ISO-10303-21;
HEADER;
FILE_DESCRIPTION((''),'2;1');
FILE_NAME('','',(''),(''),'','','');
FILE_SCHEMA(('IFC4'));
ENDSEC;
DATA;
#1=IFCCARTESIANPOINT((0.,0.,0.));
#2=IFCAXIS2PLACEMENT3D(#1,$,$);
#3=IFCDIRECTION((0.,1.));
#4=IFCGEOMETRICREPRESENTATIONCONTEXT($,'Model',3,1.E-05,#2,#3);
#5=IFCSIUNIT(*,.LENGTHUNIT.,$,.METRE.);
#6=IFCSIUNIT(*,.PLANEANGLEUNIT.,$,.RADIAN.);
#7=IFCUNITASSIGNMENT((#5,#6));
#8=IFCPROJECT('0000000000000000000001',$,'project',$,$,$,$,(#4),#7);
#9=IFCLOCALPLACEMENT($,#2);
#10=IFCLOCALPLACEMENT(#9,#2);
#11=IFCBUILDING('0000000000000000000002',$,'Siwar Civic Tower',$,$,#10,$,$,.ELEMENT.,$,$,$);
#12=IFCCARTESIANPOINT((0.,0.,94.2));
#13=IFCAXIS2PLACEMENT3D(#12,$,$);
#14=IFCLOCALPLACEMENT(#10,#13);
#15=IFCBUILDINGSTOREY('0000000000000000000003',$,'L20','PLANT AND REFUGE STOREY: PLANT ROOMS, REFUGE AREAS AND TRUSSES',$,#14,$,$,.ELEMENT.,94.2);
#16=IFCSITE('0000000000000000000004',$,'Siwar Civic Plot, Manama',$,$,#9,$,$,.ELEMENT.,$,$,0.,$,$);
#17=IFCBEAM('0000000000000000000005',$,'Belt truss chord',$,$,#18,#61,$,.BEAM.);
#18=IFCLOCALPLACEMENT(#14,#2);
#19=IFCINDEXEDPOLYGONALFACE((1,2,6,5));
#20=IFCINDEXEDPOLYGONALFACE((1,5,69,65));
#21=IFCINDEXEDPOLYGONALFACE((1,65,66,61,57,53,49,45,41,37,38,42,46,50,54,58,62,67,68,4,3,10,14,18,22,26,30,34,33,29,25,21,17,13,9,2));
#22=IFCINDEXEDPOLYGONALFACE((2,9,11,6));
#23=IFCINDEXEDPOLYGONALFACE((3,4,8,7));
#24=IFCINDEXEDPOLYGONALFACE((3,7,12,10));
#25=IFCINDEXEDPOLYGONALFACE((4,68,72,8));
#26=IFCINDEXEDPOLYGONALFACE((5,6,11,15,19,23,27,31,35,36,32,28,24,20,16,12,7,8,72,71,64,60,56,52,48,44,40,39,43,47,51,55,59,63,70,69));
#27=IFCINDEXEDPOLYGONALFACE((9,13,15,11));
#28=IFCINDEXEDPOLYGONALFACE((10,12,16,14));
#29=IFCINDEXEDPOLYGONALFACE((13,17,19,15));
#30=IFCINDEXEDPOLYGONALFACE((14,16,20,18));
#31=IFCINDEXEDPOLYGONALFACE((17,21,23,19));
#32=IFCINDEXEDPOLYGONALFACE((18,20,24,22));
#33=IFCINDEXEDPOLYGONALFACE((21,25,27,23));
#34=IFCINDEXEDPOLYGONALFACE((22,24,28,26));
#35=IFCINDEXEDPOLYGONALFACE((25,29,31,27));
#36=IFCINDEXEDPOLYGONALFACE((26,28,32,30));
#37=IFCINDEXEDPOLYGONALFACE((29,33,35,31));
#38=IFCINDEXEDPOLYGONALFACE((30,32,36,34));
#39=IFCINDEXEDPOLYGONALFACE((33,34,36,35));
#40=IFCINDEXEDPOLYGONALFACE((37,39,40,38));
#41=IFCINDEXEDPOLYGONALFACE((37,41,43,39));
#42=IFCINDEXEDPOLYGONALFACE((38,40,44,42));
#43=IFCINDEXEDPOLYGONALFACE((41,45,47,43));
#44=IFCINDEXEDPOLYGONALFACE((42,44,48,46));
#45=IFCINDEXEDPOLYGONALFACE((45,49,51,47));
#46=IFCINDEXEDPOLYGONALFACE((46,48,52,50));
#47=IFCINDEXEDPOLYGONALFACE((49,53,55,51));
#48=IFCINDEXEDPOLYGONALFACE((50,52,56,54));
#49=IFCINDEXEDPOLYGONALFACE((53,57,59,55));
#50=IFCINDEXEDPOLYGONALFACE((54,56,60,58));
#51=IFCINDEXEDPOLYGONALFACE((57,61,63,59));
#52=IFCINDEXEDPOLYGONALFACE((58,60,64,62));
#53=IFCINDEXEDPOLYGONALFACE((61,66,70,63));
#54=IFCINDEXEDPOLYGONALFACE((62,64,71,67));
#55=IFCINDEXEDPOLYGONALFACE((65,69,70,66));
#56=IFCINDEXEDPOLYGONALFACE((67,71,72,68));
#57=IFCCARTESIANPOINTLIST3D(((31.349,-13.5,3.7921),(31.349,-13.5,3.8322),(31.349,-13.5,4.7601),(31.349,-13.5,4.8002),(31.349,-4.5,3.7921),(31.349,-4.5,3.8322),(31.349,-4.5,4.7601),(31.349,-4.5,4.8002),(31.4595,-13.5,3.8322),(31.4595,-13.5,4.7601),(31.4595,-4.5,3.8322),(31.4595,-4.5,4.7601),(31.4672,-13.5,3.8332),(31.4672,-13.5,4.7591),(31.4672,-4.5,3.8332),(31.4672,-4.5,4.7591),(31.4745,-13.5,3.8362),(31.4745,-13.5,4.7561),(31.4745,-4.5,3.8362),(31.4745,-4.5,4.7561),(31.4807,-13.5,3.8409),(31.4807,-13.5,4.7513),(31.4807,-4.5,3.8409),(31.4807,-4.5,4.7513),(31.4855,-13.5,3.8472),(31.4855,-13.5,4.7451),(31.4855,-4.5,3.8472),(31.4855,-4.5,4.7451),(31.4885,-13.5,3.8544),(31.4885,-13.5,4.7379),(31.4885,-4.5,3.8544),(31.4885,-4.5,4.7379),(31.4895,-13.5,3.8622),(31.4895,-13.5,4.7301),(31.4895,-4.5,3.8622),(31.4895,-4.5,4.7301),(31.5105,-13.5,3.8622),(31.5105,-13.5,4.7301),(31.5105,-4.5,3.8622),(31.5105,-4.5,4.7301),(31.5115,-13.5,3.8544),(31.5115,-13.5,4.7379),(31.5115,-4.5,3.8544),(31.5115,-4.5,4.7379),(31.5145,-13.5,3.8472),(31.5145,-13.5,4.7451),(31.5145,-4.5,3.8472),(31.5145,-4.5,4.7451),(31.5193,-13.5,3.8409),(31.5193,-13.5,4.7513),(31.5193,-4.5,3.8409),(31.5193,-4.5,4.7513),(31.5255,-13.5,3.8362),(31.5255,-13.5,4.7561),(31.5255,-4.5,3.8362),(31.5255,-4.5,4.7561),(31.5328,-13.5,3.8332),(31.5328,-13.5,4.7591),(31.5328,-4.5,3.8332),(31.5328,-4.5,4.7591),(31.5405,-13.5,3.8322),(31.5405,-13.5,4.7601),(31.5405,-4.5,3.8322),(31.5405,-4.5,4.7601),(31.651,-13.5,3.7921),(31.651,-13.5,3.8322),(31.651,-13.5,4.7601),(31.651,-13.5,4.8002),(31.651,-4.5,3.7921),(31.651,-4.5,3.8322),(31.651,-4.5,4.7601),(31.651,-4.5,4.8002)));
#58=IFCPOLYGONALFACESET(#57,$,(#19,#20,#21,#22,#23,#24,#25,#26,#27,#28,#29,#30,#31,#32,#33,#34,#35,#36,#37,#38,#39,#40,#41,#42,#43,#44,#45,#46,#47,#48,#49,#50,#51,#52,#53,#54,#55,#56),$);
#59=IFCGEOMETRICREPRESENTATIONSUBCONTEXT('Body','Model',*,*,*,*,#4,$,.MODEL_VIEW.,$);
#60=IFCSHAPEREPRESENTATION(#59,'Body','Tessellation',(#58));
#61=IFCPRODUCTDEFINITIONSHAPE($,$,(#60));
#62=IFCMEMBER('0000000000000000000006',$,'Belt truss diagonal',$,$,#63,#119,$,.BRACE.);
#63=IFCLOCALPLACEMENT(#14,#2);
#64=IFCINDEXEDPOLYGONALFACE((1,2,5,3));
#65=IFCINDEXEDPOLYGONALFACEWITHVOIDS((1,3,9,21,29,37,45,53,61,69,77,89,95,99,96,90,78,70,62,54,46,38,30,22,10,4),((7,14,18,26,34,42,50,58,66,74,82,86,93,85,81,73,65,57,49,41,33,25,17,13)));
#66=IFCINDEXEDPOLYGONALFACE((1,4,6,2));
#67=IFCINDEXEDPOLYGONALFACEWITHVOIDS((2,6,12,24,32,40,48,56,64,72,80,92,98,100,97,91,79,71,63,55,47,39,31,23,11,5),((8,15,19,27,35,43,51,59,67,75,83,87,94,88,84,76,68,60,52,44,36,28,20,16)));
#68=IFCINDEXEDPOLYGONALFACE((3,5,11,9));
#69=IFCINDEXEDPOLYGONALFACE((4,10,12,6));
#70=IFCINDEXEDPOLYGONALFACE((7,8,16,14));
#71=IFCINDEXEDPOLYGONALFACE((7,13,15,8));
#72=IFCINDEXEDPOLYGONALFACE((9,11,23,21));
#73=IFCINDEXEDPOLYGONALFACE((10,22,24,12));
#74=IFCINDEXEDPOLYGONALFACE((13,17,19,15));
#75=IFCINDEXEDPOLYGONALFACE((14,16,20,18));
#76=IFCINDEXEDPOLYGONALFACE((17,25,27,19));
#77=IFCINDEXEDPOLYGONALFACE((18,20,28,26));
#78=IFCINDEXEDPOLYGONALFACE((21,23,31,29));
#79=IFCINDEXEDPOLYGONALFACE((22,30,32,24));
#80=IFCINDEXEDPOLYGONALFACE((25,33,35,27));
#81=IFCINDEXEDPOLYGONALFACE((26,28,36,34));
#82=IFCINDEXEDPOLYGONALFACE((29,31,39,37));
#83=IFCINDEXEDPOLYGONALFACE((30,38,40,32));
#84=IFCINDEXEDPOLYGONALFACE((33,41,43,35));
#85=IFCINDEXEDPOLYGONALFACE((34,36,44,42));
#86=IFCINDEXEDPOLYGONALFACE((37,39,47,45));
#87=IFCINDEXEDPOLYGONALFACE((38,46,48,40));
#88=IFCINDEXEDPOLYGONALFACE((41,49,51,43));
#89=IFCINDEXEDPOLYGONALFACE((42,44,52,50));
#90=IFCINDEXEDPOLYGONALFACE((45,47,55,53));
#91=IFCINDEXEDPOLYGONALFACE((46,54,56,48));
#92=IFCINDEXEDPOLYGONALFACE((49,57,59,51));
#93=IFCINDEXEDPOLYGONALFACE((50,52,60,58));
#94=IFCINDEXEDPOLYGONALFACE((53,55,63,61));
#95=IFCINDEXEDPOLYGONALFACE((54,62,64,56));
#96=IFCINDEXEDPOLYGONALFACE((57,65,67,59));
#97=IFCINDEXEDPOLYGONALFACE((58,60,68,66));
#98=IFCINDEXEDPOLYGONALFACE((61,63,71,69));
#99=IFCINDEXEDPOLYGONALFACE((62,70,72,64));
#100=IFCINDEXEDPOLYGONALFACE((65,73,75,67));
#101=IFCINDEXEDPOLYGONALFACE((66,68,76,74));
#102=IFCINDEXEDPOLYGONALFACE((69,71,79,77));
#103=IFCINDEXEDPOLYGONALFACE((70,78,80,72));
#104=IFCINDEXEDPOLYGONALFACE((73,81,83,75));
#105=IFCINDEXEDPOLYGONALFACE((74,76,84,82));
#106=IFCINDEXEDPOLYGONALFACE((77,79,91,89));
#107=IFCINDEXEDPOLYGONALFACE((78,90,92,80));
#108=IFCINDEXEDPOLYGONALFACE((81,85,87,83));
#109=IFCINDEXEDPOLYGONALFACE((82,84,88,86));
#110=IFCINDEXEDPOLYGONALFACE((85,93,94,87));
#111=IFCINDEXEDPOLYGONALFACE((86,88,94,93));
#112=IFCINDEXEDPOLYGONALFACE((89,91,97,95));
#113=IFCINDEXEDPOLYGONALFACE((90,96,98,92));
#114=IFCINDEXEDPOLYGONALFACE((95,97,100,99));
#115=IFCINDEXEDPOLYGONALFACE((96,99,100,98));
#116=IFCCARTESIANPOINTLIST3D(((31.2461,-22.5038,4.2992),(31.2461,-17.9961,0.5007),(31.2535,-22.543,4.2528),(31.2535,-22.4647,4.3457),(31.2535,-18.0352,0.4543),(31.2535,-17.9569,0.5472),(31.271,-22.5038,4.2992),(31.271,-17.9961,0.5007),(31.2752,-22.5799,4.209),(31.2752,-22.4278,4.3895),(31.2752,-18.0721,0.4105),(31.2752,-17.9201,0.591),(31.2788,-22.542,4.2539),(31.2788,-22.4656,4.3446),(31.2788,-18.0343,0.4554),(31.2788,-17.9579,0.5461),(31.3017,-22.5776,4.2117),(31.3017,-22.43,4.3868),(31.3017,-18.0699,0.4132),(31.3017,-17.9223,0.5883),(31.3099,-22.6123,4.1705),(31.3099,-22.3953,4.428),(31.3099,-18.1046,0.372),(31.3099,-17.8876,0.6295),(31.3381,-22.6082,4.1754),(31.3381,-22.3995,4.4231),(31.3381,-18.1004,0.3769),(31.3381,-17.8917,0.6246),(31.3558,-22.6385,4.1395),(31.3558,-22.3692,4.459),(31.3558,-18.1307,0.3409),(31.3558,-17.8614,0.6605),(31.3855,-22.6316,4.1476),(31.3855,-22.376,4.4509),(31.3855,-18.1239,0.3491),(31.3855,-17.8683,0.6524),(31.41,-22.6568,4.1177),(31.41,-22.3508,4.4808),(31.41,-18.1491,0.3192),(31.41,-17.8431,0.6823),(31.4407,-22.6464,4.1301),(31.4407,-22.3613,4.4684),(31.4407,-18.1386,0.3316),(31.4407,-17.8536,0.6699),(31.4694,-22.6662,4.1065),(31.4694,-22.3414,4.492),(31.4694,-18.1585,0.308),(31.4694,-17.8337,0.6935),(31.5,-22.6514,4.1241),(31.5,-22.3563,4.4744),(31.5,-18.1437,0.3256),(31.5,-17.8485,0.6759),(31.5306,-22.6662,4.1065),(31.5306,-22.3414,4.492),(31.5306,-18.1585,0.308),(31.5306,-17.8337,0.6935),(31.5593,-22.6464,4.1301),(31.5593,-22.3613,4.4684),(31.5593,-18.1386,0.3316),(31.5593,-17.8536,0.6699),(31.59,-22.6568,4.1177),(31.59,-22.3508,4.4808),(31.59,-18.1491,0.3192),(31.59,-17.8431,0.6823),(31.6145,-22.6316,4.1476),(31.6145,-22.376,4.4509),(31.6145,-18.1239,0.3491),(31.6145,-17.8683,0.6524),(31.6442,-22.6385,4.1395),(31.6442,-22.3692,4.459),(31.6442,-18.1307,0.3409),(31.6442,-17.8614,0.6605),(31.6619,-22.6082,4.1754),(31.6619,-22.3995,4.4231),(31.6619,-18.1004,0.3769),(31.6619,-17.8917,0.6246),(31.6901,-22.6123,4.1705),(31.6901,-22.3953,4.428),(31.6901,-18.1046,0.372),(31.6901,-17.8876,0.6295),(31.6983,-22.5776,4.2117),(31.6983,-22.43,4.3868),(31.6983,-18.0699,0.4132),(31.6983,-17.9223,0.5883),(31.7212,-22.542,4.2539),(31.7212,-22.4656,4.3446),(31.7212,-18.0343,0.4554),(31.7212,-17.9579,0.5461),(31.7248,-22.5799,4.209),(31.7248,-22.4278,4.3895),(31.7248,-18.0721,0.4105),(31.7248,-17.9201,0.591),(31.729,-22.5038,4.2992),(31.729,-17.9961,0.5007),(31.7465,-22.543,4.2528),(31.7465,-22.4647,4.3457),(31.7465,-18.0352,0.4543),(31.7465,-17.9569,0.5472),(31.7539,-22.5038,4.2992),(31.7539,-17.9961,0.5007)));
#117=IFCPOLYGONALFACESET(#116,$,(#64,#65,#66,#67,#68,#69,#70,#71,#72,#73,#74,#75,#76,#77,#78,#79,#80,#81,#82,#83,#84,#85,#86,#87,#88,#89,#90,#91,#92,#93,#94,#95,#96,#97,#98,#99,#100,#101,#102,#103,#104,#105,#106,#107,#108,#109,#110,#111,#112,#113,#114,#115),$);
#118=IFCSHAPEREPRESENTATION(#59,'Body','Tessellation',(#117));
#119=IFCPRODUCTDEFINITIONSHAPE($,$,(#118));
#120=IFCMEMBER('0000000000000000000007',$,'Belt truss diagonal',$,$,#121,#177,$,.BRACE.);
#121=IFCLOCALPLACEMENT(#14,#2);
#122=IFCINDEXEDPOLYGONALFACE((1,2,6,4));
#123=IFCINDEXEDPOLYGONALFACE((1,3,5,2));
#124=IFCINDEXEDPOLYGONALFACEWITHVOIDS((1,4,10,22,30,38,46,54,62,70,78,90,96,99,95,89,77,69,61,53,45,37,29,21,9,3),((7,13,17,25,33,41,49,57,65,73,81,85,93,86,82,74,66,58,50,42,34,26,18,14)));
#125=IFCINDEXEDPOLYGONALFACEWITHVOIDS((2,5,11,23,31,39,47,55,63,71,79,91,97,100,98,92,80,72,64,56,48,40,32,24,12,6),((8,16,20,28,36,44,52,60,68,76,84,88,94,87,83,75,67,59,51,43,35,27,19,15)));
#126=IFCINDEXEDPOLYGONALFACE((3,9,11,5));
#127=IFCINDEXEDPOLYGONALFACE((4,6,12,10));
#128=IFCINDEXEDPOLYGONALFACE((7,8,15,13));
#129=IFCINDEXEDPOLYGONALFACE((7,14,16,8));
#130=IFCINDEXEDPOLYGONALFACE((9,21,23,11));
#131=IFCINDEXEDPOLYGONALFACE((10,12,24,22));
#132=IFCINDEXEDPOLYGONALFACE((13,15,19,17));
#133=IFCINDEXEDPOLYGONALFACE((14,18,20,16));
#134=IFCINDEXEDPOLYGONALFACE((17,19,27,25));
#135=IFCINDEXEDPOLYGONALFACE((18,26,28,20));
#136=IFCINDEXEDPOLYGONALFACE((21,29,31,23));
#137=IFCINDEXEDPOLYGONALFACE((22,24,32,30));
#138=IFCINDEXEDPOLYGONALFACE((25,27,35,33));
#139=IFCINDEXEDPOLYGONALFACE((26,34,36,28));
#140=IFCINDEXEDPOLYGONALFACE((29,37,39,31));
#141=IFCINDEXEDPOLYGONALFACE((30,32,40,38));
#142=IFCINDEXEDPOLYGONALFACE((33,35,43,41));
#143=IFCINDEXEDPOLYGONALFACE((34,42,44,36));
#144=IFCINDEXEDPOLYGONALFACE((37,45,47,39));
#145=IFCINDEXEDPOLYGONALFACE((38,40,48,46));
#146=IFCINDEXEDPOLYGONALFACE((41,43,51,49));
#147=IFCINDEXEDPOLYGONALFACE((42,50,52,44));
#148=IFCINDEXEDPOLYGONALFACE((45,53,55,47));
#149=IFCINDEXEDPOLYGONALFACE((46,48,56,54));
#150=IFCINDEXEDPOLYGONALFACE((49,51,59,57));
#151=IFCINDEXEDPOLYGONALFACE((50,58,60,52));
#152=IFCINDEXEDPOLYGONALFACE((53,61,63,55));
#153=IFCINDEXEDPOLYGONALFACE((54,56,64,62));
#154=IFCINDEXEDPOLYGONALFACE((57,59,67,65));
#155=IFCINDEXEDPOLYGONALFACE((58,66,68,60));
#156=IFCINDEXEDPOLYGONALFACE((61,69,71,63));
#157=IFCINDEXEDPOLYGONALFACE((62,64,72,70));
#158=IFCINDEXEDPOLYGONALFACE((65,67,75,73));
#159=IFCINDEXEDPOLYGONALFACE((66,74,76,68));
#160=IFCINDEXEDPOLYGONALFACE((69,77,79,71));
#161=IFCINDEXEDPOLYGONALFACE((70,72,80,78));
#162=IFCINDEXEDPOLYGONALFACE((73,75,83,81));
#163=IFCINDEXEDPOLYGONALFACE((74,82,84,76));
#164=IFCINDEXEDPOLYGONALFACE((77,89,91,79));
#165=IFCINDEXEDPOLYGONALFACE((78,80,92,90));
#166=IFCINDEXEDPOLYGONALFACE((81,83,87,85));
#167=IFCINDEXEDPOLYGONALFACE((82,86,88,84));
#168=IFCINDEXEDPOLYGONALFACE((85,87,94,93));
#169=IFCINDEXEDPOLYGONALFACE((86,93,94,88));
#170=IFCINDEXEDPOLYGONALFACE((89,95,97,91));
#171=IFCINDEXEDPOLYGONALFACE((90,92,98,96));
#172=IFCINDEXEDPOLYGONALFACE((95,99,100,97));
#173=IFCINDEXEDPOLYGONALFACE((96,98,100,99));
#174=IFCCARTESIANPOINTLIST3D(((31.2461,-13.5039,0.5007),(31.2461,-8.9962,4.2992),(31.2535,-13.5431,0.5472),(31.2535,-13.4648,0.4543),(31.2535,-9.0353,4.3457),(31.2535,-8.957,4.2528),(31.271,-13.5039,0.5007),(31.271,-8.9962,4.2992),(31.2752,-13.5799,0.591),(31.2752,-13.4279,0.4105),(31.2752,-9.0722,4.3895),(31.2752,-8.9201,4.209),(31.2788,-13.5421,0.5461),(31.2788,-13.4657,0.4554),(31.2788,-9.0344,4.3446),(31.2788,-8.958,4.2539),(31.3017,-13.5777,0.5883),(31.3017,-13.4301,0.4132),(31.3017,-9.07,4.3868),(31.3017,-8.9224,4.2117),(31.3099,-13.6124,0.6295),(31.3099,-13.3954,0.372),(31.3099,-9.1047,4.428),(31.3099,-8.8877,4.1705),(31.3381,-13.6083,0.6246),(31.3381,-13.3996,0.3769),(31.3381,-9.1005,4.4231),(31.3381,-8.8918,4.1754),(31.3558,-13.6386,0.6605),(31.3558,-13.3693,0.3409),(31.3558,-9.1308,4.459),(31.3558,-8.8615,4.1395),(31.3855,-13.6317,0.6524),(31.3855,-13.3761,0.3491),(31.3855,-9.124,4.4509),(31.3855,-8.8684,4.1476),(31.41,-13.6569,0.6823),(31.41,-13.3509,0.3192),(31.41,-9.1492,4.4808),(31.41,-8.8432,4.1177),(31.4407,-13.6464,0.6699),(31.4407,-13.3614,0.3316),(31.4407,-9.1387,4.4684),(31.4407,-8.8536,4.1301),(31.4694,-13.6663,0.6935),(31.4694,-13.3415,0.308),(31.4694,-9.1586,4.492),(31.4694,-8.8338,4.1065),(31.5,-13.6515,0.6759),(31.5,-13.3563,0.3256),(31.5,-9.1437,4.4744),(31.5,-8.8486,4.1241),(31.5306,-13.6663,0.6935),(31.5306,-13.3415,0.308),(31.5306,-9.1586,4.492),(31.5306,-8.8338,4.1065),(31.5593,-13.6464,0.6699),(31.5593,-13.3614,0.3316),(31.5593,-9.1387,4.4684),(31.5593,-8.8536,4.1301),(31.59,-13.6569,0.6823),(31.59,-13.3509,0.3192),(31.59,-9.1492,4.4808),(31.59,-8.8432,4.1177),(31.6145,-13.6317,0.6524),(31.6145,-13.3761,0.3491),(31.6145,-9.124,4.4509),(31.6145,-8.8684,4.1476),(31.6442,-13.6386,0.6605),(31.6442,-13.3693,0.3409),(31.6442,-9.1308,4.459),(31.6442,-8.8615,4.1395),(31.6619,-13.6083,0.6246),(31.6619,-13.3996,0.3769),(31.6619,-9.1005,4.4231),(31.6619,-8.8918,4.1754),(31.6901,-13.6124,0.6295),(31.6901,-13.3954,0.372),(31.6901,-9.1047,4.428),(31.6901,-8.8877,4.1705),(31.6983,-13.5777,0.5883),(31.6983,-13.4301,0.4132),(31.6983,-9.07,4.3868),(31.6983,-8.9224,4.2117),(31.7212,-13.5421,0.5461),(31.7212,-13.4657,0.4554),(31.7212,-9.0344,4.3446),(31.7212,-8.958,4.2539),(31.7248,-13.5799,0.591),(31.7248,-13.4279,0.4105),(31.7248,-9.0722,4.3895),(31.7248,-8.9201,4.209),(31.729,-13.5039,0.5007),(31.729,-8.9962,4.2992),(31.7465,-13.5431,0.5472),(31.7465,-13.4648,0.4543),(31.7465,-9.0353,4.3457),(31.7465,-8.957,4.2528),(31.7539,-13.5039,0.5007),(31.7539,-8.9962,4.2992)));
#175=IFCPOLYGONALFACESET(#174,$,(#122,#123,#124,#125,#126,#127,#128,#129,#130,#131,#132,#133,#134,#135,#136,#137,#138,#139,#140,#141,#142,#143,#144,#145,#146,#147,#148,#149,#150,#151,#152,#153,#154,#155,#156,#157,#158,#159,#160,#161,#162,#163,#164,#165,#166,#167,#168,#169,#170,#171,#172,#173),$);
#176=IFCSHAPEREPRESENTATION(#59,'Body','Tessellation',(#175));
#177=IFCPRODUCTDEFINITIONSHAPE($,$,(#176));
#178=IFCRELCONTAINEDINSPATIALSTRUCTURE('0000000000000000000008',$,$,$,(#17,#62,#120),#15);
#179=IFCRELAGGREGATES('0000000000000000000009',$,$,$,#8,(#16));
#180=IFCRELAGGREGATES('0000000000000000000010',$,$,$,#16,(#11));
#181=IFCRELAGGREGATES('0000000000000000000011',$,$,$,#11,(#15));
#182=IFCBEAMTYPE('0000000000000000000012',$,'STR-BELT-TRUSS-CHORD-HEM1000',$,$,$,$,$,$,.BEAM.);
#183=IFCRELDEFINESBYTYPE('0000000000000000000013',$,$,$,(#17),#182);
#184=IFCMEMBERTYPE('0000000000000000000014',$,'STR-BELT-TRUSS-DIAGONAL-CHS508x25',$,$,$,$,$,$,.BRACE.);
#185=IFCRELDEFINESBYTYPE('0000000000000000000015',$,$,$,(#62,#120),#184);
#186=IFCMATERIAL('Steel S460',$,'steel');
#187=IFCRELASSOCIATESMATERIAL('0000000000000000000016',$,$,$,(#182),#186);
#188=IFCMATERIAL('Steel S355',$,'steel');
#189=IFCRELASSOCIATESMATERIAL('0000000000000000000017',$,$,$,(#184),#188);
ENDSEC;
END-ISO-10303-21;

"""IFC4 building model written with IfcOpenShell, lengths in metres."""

from ifc_helpers import new_model, si_unit, direction, frame, origin, origin_2d, place, context, subcontext, project, spatial, hollow_circle, i_section, extrude, material, material_profile, profile_set, type_object, element, save


model = new_model("IFC4")

# Units and contexts
model_context = context("Model", 3, precision=1e-05, world=origin(), true_north=direction((0.0, 1.0)))
body_context = subcontext(model_context, "Body", "Model", "MODEL_VIEW")
ifc_project = project(units=[si_unit("LENGTHUNIT", "METRE"), si_unit("PLANEANGLEUNIT", "RADIAN")], contexts=[model_context])

# Site, building, storey
site_placement = place(None, origin())
site = spatial("IfcSite", under=ifc_project, at=site_placement, Name="Siwar Civic Plot, Manama", CompositionType="ELEMENT", RefElevation=0.0)
building_placement = place(site_placement, origin())
building = spatial("IfcBuilding", under=site, at=building_placement, Name="Siwar Civic Tower", CompositionType="ELEMENT")
storey_placement = place(building_placement, frame((0.0, 0.0, 94.2)))
storey = spatial("IfcBuildingStorey", under=building, at=storey_placement, Name="L20", Description="PLANT AND REFUGE STOREY: PLANT ROOMS, REFUGE AREAS AND TRUSSES", CompositionType="ELEMENT", Elevation=94.2)

# Beam
ifc_material_1 = material(Name="Steel S460", Category="steel")
ifc_material_profile_1 = material_profile(ifc_material_1, i_section(OverallWidth=0.302, OverallDepth=1.0081, WebThickness=0.021, FlangeThickness=0.04, FilletRadius=0.03, at=origin_2d()), Name="HEM1000")
ifc_profile_set_1 = profile_set([ifc_material_profile_1], Name="Steel S460")
beam_type_1 = type_object("IfcBeamType", Name="STR-BELT-TRUSS-CHORD-HEM1000", PredefinedType="BEAM", material=ifc_profile_set_1)
for number, where, z_axis, x_axis, name in (
    (1, (31.5, -13.5, 4.2961), (0.0, 1.0, 0.0), (-1.0, 0.0, 0.0), "Belt truss chord"),
):
    element("IfcBeam", number, at=place(storey_placement, frame(where, z_axis=z_axis, x_axis=x_axis)), inside=storey, type_object=beam_type_1, Name=name, PredefinedType="BEAM", context=body_context, shape_type="SweptSolid", body=[
        extrude(i_section(OverallWidth=0.302, OverallDepth=1.0081, WebThickness=0.021, FlangeThickness=0.04, FilletRadius=0.03, at=origin_2d()), origin(), (0.0, 0.0, 1.0), 9.0),
    ])

# Members
ifc_material_2 = material(Name="Steel S355", Category="steel")
ifc_material_profile_2 = material_profile(ifc_material_2, hollow_circle(Radius=0.2539, WallThickness=0.0249, at=origin_2d()), Name="CHS508x25")
ifc_profile_set_2 = profile_set([ifc_material_profile_2], Name="Steel S355")
member_type_1 = type_object("IfcMemberType", Name="STR-BELT-TRUSS-DIAGONAL-CHS508x25", PredefinedType="BRACE", material=ifc_profile_set_2)
for number, where, z_axis, x_axis, name in (
    (2, (31.5, -17.9961, 0.5007), (0.0, -0.7647, 0.644387), (1.0, 0.0, 0.0), "Belt truss diagonal"),
    (3, (31.5, -13.5039, 0.5007), (0.0, 0.7647, 0.644387), (-1.0, 0.0, 0.0), "Belt truss diagonal"),
):
    element("IfcMember", number, at=place(storey_placement, frame(where, z_axis=z_axis, x_axis=x_axis)), inside=storey, type_object=member_type_1, Name=name, PredefinedType="BRACE", context=body_context, shape_type="SweptSolid", body=[
        extrude(hollow_circle(Radius=0.2539, WallThickness=0.0249, at=origin_2d()), origin(), (0.0, 0.0, 1.0), 5.8948),
    ])

save(model, "model.ifc")
